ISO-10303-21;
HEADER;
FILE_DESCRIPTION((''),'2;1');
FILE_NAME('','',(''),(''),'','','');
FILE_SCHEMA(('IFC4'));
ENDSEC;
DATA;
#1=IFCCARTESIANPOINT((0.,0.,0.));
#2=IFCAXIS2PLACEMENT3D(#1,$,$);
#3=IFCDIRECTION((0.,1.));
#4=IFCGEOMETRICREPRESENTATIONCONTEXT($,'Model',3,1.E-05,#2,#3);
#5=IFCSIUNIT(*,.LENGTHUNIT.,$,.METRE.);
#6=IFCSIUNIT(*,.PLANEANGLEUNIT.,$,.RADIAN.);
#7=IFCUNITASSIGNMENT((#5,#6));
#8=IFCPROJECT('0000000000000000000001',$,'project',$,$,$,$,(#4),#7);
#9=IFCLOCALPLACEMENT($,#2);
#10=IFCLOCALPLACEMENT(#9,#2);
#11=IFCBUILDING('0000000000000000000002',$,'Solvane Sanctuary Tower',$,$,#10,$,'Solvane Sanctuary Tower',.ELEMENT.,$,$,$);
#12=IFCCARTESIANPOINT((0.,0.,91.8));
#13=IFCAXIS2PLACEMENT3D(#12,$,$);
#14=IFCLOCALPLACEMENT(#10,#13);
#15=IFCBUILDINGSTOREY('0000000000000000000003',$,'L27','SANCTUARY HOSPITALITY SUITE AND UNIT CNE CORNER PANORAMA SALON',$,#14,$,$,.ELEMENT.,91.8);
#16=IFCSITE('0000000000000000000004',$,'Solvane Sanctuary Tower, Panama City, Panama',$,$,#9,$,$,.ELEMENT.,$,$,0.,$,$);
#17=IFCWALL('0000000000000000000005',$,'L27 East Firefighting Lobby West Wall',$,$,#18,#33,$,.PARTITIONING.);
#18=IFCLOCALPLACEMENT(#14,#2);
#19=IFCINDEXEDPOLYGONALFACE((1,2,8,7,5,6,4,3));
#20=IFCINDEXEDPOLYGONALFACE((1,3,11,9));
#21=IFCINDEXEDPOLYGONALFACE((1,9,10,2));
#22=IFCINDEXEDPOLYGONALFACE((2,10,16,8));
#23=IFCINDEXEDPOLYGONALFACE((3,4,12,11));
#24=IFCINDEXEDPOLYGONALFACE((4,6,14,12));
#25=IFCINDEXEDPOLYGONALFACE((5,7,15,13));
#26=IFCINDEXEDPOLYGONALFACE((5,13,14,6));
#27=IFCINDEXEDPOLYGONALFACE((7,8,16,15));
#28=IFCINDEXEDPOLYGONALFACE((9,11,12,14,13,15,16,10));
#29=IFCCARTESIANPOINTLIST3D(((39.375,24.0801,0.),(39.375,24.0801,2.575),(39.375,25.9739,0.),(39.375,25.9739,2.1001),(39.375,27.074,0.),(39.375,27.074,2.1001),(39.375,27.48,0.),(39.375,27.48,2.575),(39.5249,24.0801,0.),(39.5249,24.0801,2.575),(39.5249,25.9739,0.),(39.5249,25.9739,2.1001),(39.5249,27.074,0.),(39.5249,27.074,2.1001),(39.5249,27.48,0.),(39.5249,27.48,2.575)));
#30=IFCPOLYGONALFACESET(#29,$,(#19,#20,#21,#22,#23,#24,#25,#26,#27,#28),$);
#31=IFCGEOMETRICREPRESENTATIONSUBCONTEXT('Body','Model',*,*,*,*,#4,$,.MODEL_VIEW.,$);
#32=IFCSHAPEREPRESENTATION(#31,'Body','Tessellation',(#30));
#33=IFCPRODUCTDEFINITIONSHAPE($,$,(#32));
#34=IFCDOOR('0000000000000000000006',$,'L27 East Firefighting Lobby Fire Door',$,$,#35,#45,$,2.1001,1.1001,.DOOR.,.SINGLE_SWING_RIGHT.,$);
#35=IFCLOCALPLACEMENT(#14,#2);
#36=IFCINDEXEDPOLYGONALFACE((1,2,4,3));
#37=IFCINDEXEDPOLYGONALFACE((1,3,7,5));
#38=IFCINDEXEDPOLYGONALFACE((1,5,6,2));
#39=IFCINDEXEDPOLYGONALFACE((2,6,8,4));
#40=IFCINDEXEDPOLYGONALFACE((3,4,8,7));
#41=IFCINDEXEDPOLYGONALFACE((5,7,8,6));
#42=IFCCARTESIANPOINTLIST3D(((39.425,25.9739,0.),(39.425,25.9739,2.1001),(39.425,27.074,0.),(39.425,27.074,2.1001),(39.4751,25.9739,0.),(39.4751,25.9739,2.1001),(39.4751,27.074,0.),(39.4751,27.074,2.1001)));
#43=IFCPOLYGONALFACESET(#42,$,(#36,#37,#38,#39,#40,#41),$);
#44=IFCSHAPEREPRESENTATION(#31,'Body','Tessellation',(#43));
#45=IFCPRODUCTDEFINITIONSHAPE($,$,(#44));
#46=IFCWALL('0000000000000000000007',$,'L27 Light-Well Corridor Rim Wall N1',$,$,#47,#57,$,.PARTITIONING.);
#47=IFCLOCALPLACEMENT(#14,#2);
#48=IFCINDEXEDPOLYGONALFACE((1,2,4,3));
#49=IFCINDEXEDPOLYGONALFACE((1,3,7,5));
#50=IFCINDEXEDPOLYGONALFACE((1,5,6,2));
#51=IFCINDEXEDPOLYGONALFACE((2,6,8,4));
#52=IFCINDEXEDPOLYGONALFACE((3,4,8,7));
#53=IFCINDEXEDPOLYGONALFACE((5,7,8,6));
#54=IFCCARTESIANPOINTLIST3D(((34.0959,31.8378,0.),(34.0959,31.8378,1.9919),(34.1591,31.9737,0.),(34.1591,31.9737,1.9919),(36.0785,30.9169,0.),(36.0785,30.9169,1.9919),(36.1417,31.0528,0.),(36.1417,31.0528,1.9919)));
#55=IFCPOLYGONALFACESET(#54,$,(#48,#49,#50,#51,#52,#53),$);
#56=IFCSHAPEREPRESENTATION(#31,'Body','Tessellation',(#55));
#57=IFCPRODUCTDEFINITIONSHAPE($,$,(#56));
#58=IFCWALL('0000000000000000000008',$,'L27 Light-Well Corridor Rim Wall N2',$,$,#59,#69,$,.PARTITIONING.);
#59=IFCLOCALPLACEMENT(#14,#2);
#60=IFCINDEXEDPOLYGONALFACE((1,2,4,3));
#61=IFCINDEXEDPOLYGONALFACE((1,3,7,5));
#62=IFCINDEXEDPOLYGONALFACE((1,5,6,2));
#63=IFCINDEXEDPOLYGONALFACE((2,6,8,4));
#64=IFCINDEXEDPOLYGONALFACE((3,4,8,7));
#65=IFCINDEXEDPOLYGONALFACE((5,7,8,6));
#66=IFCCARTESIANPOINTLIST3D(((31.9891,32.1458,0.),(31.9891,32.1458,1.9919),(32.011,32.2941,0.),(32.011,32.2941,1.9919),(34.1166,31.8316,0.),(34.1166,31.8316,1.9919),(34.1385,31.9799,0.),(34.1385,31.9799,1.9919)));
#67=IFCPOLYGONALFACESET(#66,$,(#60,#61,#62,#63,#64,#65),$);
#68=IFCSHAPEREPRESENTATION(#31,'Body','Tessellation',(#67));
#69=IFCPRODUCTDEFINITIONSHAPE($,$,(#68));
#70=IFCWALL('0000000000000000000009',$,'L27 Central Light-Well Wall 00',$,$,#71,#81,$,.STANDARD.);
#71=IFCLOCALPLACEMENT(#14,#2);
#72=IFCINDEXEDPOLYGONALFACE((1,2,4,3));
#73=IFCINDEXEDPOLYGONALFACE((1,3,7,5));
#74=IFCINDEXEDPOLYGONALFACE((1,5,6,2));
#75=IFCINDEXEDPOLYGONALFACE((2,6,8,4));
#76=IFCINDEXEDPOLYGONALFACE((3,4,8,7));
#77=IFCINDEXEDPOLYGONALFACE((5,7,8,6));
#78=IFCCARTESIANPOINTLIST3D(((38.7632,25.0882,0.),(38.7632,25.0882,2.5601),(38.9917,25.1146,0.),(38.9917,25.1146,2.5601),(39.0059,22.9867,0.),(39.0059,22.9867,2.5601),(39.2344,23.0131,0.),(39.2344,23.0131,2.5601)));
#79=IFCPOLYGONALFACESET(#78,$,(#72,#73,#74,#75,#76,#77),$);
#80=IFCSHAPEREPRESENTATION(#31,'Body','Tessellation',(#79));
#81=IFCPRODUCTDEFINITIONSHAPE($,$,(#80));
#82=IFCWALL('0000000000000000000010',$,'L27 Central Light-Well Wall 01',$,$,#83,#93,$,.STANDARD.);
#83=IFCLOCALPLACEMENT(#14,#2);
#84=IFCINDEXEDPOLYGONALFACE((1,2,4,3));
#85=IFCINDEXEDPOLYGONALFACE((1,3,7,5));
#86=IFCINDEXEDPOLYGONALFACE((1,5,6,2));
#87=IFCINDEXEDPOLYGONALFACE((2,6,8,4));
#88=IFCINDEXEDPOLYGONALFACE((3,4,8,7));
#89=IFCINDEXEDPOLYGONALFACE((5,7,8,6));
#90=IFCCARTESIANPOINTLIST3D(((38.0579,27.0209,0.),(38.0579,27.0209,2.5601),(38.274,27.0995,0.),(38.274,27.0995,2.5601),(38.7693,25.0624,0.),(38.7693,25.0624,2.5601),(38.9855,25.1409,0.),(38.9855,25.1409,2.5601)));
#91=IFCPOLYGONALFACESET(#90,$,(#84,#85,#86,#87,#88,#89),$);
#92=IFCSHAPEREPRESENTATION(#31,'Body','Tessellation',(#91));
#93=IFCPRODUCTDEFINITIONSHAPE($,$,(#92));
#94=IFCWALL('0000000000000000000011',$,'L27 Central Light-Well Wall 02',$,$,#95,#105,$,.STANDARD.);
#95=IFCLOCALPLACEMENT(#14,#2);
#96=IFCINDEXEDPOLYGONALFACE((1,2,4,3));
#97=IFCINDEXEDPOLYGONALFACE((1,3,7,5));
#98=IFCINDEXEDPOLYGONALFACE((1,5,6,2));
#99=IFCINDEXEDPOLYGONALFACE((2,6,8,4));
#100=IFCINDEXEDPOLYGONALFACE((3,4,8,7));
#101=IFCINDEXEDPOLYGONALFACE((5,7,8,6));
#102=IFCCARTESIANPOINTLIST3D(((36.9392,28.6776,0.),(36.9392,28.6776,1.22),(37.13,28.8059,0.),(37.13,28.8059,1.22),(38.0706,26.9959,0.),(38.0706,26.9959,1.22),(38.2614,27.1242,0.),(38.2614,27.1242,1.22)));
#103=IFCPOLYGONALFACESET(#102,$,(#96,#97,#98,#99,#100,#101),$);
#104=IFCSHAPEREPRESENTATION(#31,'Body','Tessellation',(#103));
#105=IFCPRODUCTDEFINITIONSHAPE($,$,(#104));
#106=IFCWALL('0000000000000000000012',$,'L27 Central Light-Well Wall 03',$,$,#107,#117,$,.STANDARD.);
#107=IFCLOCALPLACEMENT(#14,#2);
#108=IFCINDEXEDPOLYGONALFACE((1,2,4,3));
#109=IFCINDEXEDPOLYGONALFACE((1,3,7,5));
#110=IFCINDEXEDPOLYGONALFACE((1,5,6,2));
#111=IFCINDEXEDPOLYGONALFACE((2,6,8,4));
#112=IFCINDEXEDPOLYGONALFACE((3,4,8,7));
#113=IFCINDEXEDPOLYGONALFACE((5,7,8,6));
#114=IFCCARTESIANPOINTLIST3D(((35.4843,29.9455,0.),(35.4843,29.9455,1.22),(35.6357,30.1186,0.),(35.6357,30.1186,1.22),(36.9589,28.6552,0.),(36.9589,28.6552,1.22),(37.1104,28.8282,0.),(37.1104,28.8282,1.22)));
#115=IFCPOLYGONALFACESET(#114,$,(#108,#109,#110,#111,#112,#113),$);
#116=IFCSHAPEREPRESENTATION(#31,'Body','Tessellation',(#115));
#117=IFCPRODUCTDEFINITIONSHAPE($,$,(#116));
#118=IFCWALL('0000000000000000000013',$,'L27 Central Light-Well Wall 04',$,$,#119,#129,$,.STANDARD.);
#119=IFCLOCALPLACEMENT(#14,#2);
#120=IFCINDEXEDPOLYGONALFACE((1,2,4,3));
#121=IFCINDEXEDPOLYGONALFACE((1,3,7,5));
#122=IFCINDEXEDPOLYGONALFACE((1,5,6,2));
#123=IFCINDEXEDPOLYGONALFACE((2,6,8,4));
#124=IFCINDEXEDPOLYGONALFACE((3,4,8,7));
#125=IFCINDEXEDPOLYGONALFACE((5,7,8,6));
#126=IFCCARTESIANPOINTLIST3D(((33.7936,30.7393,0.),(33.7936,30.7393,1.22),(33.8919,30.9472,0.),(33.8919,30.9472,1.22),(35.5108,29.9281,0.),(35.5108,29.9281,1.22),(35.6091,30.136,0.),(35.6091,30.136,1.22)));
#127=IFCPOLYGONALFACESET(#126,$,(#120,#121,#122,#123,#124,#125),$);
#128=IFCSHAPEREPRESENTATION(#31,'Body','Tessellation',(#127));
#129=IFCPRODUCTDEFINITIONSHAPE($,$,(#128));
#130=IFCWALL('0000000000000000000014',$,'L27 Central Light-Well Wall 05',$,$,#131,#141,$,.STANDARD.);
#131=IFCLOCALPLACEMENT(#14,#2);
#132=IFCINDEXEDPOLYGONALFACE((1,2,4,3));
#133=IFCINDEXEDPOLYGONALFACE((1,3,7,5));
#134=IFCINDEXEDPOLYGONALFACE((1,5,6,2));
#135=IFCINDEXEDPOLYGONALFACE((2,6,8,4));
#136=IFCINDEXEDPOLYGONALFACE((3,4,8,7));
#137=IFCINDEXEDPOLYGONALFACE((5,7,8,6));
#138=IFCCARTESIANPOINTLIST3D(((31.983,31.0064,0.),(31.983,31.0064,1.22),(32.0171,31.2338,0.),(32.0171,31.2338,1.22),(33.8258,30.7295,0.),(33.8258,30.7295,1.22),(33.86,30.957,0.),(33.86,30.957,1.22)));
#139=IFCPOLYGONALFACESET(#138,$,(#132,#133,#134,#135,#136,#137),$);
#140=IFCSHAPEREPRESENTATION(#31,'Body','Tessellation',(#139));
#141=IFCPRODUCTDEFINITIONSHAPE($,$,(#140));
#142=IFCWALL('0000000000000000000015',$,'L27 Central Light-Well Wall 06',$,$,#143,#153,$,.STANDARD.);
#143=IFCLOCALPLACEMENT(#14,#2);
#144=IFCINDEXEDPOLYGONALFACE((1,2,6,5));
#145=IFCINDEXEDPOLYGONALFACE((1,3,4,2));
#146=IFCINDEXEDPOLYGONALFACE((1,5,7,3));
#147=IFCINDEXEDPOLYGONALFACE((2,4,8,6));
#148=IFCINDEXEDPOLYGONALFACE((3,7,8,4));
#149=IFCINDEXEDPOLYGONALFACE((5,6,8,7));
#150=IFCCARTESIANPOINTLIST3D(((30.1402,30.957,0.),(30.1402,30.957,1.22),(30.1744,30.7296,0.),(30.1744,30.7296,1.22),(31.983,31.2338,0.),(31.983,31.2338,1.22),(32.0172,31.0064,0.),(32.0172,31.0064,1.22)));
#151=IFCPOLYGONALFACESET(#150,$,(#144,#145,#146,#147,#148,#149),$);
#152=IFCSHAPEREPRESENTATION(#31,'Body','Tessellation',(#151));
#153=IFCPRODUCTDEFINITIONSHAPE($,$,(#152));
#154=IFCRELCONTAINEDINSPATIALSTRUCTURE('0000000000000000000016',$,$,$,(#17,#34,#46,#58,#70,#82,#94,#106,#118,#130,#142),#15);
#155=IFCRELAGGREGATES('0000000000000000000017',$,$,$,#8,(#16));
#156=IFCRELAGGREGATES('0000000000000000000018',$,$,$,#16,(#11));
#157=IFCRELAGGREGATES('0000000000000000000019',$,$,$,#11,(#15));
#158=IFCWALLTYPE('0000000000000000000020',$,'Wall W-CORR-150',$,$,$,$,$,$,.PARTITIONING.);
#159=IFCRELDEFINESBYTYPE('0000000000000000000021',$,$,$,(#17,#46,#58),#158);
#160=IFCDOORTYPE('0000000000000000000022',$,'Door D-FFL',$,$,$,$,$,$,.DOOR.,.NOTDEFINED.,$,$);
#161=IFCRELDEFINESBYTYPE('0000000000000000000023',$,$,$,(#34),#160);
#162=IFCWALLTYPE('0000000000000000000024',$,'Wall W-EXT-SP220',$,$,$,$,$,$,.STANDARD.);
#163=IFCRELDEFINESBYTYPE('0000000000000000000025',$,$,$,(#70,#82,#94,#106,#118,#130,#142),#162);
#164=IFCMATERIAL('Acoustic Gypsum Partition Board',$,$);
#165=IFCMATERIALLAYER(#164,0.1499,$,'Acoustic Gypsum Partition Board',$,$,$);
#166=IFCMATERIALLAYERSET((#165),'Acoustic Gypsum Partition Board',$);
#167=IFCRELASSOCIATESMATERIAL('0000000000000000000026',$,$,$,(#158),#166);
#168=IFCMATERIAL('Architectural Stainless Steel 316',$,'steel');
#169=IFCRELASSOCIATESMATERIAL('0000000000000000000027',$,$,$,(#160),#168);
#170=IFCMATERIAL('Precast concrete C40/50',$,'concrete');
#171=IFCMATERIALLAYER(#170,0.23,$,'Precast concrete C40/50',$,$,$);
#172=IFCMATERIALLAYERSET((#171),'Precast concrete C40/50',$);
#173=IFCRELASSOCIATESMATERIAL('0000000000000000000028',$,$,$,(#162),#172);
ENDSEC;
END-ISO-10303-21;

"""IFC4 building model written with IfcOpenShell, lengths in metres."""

from ifc_helpers import new_model, si_unit, direction, frame, frame_2d, origin, place, context, subcontext, project, spatial, rectangle, extrude, material, layer, layer_set, type_object, element, fill, save


model = new_model("IFC4")

# Units and contexts
model_context = context("Model", 3, precision=1e-05, world=origin(), true_north=direction((0.0, 1.0)))
body_context = subcontext(model_context, "Body", "Model", "MODEL_VIEW")
ifc_project = project(units=[si_unit("LENGTHUNIT", "METRE"), si_unit("PLANEANGLEUNIT", "RADIAN")], contexts=[model_context])

# Site, building, storey
site_placement = place(None, origin())
site = spatial("IfcSite", under=ifc_project, at=site_placement, Name="Solvane Sanctuary Tower, Panama City, Panama", CompositionType="ELEMENT", RefElevation=0.0)
building_placement = place(site_placement, origin())
building = spatial("IfcBuilding", under=site, at=building_placement, Name="Solvane Sanctuary Tower", LongName="Solvane Sanctuary Tower", CompositionType="ELEMENT")
storey_placement = place(building_placement, frame((0.0, 0.0, 91.8)))
storey = spatial("IfcBuildingStorey", under=building, at=storey_placement, Name="L27", Description="SANCTUARY HOSPITALITY SUITE AND UNIT CNE CORNER PANORAMA SALON", CompositionType="ELEMENT", Elevation=91.8)

# Shared definitions
ifc_material_1 = material(Name="Acoustic Gypsum Partition Board")
ifc_layer_1 = layer(ifc_material_1, 0.1499, Name="Acoustic Gypsum Partition Board")
ifc_layer_set_1 = layer_set([ifc_layer_1], Name="Acoustic Gypsum Partition Board")
wall_type_1 = type_object("IfcWallType", Name="Wall W-CORR-150", PredefinedType="PARTITIONING", material=ifc_layer_set_1)

# Wall, opening, door
wall_1_placement = place(storey_placement, frame((39.45, 24.0801, 0.0), z_axis=(0.0, 0.0, 1.0), x_axis=(0.0, 1.0, 0.0)))
wall_1 = element("IfcWall", 1, at=wall_1_placement, inside=storey, type_object=wall_type_1, Name="L27 East Firefighting Lobby West Wall", PredefinedType="PARTITIONING", context=body_context, shape_type="SweptSolid", body=[
    extrude(rectangle(XDim=3.3999, YDim=0.1499, at=frame_2d((1.7, 0.0))), origin(), (0.0, 0.0, 1.0), 2.575),
])
opening_placement = place(wall_1_placement, frame((1.8938, 0.0, 0.0)))
opening = element("IfcOpeningElement", 2, at=opening_placement, cuts=wall_1, PredefinedType="OPENING", context=body_context, shape_type="SweptSolid", body=[
    extrude(rectangle(XDim=1.1001, YDim=2.1001, at=frame_2d((0.55, 1.05))), frame((0.0, 0.085, 0.0), z_axis=(0.0, -1.0, 0.0), x_axis=(1.0, 0.0, 0.0)), (0.0, 0.0, 1.0), 0.1699),
])
ifc_material_2 = material(Name="Architectural Stainless Steel 316", Category="steel")
door_type = type_object("IfcDoorType", Name="Door D-FFL", OperationType="NOTDEFINED", PredefinedType="DOOR", material=ifc_material_2)
door_placement = place(opening_placement, origin())
door = element("IfcDoor", 3, at=door_placement, inside=storey, type_object=door_type, Name="L27 East Firefighting Lobby Fire Door", OperationType="SINGLE_SWING_RIGHT", OverallHeight=2.1001, OverallWidth=1.1001, PredefinedType="DOOR", context=body_context, shape_type="SweptSolid", body=[
    extrude(rectangle(XDim=1.1001, YDim=2.1001, at=frame_2d((0.55, 1.05))), frame((0.0, 0.0249, 0.0), z_axis=(0.0, -1.0, 0.0), x_axis=(1.0, 0.0, 0.0)), (0.0, 0.0, 1.0), 0.05),
])
fill(opening, door)

# Walls
wall_2_placement = place(storey_placement, frame((36.1101, 30.9849, 0.0), z_axis=(0.0, 0.0, 1.0), x_axis=(-0.906943, 0.421252, 0.0)))
element("IfcWall", 4, at=wall_2_placement, inside=storey, type_object=wall_type_1, Name="L27 Light-Well Corridor Rim Wall N1", PredefinedType="PARTITIONING", context=body_context, shape_type="SweptSolid", body=[
    extrude(rectangle(XDim=2.186, YDim=0.1499, at=frame_2d((1.093, 0.0))), origin(), (0.0, 0.0, 1.0), 1.9919),
])
wall_3_placement = place(storey_placement, frame((34.1274, 31.9058, 0.0), z_axis=(0.0, 0.0, 1.0), x_axis=(-0.989269, 0.146108, 0.0)))
element("IfcWall", 5, at=wall_3_placement, inside=storey, type_object=wall_type_1, Name="L27 Light-Well Corridor Rim Wall N2", PredefinedType="PARTITIONING", context=body_context, shape_type="SweptSolid", body=[
    extrude(rectangle(XDim=2.1506, YDim=0.1499, at=frame_2d((1.0752, 0.0))), origin(), (0.0, 0.0, 1.0), 1.9919),
])
ifc_material_3 = material(Name="Precast concrete C40/50", Category="concrete")
ifc_layer_2 = layer(ifc_material_3, 0.23, Name="Precast concrete C40/50")
ifc_layer_set_2 = layer_set([ifc_layer_2], Name="Precast concrete C40/50")
wall_type_2 = type_object("IfcWallType", Name="Wall W-EXT-SP220", PredefinedType="STANDARD", material=ifc_layer_set_2)
wall_4_placement = place(storey_placement, frame((39.1201, 23.0, 0.0), z_axis=(0.0, 0.0, 1.0), x_axis=(-0.114712, 0.993399, 0.0)))
element("IfcWall", 6, at=wall_4_placement, inside=storey, type_object=wall_type_2, Name="L27 Central Light-Well Wall 00", PredefinedType="STANDARD", context=body_context, shape_type="SweptSolid", body=[
    extrude(rectangle(XDim=2.1155, YDim=0.23, at=frame_2d((1.0576, 0.0))), origin(), (0.0, 0.0, 1.0), 2.5601),
])
wall_5_placement = place(storey_placement, frame((38.8774, 25.1016, 0.0), z_axis=(0.0, 0.0, 1.0), x_axis=(-0.341423, 0.93991, 0.0)))
element("IfcWall", 7, at=wall_5_placement, inside=storey, type_object=wall_type_2, Name="L27 Central Light-Well Wall 01", PredefinedType="STANDARD", context=body_context, shape_type="SweptSolid", body=[
    extrude(rectangle(XDim=2.0837, YDim=0.23, at=frame_2d((1.042, 0.0))), origin(), (0.0, 0.0, 1.0), 2.5601),
])
wall_6_placement = place(storey_placement, frame((38.166, 27.0601, 0.0), z_axis=(0.0, 0.0, 1.0), x_axis=(-0.558198, 0.829708, 0.0)))
element("IfcWall", 8, at=wall_6_placement, inside=storey, type_object=wall_type_2, Name="L27 Central Light-Well Wall 02", PredefinedType="STANDARD", context=body_context, shape_type="SweptSolid", body=[
    extrude(rectangle(XDim=2.0269, YDim=0.23, at=frame_2d((1.0134, 0.0))), origin(), (0.0, 0.0, 1.0), 1.22),
])
wall_7_placement = place(storey_placement, frame((37.0347, 28.7417, 0.0), z_axis=(0.0, 0.0, 1.0), x_axis=(-0.752577, 0.658505, 0.0)))
element("IfcWall", 9, at=wall_7_placement, inside=storey, type_object=wall_type_2, Name="L27 Central Light-Well Wall 03", PredefinedType="STANDARD", context=body_context, shape_type="SweptSolid", body=[
    extrude(rectangle(XDim=1.9595, YDim=0.23, at=frame_2d((0.9797, 0.0))), origin(), (0.0, 0.0, 1.0), 1.22),
])
wall_8_placement = place(storey_placement, frame((35.5601, 30.032, 0.0), z_axis=(0.0, 0.0, 1.0), x_axis=(-0.90418, 0.427152, 0.0)))
element("IfcWall", 10, at=wall_8_placement, inside=storey, type_object=wall_type_2, Name="L27 Central Light-Well Wall 04", PredefinedType="STANDARD", context=body_context, shape_type="SweptSolid", body=[
    extrude(rectangle(XDim=1.8992, YDim=0.23, at=frame_2d((0.9497, 0.0))), origin(), (0.0, 0.0, 1.0), 1.22),
])
for number, where, z_axis, x_axis, name in (
    (11, (33.8428, 30.8433, 0.0), (0.0, 0.0, 1.0), (-0.988902, 0.148571, 0.0), "L27 Central Light-Well Wall 05"),
    (12, (32.0, 31.1201, 0.0), (0.0, 0.0, 1.0), (-0.988902, -0.148571, 0.0), "L27 Central Light-Well Wall 06"),
):
    element("IfcWall", number, at=place(storey_placement, frame(where, z_axis=z_axis, x_axis=x_axis)), inside=storey, type_object=wall_type_2, Name=name, PredefinedType="STANDARD", context=body_context, shape_type="SweptSolid", body=[
        extrude(rectangle(XDim=1.8635, YDim=0.23, at=frame_2d((0.9316, 0.0))), origin(), (0.0, 0.0, 1.0), 1.22),
    ])

save(model, "model.ifc")
